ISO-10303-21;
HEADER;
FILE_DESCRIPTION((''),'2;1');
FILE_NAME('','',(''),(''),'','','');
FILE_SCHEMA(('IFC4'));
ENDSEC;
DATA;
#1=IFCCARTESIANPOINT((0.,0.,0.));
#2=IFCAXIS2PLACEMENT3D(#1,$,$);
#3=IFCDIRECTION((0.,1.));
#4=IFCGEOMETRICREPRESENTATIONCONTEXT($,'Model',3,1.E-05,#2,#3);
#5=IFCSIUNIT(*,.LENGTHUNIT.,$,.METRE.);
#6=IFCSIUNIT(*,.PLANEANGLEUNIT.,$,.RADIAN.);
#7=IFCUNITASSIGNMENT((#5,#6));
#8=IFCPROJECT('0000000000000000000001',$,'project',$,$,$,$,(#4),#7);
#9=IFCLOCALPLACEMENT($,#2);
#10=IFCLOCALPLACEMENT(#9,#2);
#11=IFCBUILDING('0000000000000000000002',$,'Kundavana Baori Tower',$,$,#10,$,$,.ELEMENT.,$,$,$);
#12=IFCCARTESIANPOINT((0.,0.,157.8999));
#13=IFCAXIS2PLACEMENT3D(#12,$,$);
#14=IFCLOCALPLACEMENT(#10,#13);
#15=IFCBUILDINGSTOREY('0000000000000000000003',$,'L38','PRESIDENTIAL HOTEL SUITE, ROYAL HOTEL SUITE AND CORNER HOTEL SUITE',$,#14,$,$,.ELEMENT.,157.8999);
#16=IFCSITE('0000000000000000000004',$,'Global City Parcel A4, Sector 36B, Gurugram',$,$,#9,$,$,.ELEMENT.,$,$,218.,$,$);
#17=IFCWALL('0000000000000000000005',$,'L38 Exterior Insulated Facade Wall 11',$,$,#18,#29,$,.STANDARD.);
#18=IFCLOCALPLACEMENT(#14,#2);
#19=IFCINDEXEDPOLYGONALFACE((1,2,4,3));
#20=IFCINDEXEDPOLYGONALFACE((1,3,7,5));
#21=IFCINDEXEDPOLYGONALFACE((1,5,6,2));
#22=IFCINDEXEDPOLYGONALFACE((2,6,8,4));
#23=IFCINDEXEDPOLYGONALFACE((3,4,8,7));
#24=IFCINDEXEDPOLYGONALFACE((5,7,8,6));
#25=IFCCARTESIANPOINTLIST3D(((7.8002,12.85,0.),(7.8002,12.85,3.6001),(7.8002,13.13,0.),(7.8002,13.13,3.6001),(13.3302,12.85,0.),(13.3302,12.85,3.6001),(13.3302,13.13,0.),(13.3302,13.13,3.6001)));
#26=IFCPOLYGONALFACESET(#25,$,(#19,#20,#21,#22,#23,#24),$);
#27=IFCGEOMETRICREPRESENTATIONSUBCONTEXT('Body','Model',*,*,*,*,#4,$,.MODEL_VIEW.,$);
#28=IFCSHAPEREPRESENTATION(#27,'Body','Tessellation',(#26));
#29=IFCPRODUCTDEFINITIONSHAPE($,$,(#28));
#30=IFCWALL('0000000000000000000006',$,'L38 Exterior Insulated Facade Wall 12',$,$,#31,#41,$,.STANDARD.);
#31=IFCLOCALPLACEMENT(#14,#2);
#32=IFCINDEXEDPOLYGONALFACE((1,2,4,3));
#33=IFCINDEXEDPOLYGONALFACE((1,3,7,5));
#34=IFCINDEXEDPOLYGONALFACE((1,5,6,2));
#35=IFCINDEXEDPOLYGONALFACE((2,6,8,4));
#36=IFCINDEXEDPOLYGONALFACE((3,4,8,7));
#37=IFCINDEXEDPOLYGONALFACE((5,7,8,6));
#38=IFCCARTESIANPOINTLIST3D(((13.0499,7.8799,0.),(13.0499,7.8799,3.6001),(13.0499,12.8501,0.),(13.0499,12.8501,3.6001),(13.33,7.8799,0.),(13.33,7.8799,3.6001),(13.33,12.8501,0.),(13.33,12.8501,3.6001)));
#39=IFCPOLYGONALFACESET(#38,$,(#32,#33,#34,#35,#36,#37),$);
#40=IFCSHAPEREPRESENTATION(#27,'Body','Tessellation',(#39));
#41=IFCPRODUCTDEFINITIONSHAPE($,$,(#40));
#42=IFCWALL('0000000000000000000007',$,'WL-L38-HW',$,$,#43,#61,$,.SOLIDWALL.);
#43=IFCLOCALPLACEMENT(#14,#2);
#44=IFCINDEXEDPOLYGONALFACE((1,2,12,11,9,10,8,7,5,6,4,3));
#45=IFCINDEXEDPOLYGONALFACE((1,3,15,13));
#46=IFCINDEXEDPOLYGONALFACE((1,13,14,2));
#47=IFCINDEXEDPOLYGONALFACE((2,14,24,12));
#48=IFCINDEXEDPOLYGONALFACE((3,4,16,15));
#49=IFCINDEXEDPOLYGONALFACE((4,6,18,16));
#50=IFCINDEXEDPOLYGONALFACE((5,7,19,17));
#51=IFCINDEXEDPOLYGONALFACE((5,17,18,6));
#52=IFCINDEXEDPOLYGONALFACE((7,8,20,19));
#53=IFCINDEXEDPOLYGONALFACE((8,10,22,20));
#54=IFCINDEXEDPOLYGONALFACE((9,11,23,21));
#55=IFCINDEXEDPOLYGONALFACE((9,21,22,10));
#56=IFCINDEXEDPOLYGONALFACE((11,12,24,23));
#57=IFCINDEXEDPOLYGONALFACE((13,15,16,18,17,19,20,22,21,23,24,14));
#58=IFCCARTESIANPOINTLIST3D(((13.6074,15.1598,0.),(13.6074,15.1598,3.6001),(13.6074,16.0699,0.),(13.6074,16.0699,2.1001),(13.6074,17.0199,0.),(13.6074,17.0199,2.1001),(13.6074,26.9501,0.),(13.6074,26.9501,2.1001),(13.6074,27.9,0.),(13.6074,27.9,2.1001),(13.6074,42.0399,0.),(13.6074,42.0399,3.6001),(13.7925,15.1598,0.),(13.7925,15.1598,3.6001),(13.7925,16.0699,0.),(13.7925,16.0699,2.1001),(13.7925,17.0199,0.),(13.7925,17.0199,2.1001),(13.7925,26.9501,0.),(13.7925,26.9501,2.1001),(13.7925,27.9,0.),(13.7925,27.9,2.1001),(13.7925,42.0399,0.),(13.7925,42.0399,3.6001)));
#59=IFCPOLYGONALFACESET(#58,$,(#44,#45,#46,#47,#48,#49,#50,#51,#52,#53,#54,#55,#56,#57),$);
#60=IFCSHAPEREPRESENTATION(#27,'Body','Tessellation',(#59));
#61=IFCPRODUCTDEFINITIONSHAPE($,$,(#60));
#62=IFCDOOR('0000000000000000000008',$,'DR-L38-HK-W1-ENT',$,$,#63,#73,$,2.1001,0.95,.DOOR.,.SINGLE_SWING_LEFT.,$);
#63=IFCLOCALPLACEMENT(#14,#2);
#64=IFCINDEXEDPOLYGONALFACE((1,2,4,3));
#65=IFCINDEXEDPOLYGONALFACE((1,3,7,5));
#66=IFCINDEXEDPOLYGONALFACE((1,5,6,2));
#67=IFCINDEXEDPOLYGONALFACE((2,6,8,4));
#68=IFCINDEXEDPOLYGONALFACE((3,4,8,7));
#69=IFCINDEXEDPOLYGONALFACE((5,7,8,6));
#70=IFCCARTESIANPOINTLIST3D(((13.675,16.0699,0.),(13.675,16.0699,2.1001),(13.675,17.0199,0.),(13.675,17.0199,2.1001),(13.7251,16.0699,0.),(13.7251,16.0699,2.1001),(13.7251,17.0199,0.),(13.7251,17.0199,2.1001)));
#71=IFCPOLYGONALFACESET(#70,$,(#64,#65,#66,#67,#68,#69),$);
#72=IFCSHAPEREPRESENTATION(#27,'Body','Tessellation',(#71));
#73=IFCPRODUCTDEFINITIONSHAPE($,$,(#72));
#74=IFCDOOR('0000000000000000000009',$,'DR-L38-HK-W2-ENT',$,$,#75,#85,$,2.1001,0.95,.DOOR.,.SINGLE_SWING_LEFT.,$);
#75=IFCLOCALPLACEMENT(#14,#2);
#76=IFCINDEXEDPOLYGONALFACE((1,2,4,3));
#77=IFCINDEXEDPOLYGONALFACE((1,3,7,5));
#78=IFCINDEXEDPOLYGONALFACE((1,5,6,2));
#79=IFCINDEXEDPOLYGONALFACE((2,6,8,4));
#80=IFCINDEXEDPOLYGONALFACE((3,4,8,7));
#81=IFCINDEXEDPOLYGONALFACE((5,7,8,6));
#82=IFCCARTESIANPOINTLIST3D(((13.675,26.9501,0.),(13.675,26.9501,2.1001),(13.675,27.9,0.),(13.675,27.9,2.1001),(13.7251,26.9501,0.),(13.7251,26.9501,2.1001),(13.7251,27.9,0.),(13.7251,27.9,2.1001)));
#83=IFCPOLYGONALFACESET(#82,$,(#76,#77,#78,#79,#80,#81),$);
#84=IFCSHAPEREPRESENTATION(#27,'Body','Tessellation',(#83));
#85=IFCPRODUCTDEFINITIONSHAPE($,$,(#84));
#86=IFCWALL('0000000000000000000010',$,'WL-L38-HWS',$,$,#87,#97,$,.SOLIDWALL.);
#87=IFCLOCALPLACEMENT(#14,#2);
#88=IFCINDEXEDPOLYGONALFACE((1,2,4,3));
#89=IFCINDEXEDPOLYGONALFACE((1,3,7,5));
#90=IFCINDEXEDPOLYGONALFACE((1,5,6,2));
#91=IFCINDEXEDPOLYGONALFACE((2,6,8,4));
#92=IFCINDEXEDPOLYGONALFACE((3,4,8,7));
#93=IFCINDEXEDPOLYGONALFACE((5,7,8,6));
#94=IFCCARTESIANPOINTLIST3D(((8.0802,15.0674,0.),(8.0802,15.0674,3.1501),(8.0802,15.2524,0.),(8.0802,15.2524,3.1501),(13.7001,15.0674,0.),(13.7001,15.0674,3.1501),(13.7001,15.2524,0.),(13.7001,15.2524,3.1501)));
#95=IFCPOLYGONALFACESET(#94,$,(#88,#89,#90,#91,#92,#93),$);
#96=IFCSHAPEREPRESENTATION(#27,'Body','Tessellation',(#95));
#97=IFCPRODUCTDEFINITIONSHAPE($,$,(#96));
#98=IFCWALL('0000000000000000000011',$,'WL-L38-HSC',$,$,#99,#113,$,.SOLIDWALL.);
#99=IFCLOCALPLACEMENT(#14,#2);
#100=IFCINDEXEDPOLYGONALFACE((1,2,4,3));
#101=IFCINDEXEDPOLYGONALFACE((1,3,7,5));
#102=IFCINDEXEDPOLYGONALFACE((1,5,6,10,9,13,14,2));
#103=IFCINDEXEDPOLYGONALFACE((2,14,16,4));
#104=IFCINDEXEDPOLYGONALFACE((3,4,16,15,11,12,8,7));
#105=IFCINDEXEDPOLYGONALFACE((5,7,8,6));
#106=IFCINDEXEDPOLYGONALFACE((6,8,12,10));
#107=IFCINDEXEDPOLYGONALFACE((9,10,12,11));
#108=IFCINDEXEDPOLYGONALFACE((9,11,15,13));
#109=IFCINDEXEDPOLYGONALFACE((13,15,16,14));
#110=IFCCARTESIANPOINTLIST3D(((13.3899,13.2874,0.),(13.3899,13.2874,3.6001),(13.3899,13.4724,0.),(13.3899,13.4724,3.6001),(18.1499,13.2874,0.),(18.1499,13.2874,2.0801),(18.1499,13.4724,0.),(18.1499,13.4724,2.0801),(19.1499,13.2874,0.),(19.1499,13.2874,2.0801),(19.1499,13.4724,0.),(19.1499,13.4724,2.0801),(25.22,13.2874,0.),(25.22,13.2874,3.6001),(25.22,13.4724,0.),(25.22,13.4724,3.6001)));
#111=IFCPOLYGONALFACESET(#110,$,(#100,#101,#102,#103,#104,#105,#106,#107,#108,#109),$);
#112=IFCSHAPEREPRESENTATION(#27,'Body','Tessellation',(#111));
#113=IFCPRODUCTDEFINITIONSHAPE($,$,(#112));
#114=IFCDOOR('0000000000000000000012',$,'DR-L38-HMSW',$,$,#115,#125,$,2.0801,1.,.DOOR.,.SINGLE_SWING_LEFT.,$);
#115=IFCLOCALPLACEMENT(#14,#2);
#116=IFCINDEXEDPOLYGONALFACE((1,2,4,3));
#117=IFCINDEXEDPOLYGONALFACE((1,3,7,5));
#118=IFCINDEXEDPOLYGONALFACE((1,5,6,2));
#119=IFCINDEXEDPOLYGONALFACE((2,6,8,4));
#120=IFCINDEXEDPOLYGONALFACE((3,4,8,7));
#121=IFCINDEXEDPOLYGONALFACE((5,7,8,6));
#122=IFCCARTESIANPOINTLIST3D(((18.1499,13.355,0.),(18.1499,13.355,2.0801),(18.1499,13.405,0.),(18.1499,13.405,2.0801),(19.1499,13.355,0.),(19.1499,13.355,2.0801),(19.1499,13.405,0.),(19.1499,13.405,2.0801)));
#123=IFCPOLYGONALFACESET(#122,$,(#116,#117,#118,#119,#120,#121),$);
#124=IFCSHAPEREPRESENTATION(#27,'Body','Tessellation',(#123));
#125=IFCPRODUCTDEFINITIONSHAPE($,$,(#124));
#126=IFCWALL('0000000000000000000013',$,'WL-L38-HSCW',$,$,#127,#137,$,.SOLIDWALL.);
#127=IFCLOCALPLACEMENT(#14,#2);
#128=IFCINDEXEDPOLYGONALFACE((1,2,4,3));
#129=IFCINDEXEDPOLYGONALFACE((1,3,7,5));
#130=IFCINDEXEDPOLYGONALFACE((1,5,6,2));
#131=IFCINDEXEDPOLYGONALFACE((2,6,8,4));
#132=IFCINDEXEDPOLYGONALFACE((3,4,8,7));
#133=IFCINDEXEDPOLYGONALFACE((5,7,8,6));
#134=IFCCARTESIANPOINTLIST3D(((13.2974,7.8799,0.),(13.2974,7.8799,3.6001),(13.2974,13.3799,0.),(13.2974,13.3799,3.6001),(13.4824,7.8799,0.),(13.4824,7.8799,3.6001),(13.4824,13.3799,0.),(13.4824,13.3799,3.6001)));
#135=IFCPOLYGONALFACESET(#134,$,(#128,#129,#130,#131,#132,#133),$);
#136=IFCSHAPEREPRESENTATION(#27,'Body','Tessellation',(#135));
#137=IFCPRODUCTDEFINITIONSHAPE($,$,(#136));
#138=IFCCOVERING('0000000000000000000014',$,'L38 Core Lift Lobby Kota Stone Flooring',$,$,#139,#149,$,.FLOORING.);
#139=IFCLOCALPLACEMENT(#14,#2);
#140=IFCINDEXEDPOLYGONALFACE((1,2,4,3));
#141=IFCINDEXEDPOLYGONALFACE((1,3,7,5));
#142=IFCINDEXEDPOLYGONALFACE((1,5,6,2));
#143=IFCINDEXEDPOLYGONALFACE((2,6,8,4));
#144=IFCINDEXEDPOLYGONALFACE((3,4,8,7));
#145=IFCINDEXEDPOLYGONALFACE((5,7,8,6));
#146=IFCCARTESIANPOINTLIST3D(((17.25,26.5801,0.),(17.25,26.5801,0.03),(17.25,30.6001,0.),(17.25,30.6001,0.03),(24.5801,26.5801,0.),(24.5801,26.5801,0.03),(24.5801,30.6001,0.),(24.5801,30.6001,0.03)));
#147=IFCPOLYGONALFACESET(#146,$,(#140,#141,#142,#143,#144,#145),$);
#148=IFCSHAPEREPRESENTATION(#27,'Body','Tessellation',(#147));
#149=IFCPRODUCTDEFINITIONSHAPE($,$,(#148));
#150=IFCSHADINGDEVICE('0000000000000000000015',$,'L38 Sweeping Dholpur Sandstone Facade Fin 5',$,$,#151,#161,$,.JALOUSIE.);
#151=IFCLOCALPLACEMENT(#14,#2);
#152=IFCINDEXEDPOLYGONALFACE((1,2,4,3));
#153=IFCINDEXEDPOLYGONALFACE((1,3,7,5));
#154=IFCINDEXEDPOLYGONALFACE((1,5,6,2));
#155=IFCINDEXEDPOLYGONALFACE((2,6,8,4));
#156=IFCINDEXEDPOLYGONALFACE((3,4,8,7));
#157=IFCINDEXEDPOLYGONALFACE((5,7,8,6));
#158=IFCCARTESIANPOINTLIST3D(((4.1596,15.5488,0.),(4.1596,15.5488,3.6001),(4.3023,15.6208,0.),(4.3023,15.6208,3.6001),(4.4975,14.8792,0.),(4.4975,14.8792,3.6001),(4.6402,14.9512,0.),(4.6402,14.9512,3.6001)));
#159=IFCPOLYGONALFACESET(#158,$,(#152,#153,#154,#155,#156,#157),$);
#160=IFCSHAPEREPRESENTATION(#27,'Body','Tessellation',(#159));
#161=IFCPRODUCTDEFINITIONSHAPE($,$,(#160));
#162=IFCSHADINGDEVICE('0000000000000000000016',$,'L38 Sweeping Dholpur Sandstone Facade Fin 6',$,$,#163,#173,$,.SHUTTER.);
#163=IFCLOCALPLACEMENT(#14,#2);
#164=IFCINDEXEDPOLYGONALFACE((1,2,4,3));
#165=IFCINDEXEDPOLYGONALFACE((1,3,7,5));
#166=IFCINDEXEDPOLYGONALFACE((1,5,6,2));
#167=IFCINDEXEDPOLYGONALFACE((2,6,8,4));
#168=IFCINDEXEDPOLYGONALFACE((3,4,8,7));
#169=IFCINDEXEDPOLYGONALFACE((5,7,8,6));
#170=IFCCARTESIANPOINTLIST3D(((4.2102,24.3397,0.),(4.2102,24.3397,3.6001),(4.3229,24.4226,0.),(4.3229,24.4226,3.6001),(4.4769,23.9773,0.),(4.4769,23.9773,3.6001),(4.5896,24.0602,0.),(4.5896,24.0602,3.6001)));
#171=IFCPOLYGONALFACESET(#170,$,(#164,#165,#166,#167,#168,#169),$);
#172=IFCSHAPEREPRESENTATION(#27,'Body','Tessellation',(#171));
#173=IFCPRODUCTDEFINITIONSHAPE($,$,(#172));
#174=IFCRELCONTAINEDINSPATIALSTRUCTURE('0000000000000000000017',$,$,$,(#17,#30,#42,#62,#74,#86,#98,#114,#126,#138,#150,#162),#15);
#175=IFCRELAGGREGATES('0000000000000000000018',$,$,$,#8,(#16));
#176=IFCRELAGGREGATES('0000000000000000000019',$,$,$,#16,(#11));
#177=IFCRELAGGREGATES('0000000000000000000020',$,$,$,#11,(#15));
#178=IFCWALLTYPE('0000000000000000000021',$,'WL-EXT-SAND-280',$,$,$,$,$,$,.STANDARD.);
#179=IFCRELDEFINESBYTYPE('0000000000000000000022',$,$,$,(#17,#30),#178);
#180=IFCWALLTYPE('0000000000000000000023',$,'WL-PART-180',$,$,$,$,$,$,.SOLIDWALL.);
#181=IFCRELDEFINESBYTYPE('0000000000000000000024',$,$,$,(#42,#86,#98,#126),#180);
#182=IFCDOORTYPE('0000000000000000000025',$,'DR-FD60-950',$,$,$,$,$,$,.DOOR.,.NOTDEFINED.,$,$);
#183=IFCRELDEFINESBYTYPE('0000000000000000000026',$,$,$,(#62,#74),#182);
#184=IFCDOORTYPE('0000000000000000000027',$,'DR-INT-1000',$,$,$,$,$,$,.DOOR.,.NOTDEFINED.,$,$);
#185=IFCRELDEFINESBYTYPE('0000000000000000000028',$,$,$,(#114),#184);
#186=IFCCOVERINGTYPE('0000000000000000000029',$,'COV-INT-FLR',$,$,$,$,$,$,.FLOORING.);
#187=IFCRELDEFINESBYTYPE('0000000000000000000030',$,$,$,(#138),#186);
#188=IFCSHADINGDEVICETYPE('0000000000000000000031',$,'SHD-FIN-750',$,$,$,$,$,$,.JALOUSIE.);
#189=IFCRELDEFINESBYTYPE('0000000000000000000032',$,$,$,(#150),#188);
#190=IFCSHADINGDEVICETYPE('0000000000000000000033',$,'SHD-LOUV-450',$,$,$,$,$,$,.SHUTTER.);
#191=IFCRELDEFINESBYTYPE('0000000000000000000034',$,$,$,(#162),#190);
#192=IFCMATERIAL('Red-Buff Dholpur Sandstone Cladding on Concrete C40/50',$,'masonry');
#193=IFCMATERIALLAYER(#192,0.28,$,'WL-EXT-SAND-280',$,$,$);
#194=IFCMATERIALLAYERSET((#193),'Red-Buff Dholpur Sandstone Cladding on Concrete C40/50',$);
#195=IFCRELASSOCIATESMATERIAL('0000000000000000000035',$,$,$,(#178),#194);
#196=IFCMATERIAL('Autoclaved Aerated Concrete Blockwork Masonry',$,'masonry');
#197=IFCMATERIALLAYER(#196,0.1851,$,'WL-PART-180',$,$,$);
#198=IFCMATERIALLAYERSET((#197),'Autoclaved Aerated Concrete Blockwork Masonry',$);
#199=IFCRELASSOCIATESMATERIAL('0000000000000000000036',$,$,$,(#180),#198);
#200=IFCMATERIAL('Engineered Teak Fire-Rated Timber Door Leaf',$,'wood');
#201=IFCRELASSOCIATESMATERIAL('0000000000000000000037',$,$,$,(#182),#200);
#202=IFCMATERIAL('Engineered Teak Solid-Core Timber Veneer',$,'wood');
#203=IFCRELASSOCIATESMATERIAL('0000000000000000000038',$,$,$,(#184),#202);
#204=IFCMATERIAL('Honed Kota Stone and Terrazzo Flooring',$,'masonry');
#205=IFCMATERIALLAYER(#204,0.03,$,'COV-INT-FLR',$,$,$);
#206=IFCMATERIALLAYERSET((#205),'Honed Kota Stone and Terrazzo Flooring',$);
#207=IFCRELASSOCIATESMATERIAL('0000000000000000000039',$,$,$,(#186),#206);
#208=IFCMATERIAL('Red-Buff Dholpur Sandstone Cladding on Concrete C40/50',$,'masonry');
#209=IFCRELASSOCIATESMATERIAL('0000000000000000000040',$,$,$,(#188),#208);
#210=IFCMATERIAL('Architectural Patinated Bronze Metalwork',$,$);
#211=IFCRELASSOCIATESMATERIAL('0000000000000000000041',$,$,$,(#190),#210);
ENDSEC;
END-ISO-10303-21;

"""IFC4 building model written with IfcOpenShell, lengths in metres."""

from ifc_helpers import new_model, si_unit, direction, frame, frame_2d, origin, origin_2d, place, context, subcontext, project, spatial, polyline, rectangle, outline, extrude, material, layer, layer_set, type_object, element, fill, save


model = new_model("IFC4")

# Units and contexts
model_context = context("Model", 3, precision=1e-05, world=origin(), true_north=direction((0.0, 1.0)))
body_context = subcontext(model_context, "Body", "Model", "MODEL_VIEW")
ifc_project = project(units=[si_unit("LENGTHUNIT", "METRE"), si_unit("PLANEANGLEUNIT", "RADIAN")], contexts=[model_context])

# Site, building, storey
site_placement = place(None, origin())
site = spatial("IfcSite", under=ifc_project, at=site_placement, Name="Global City Parcel A4, Sector 36B, Gurugram", CompositionType="ELEMENT", RefElevation=218.0)
building_placement = place(site_placement, origin())
building = spatial("IfcBuilding", under=site, at=building_placement, Name="Kundavana Baori Tower", CompositionType="ELEMENT")
storey_placement = place(building_placement, frame((0.0, 0.0, 157.8999)))
storey = spatial("IfcBuildingStorey", under=building, at=storey_placement, Name="L38", Description="PRESIDENTIAL HOTEL SUITE, ROYAL HOTEL SUITE AND CORNER HOTEL SUITE", CompositionType="ELEMENT", Elevation=157.8999)

# Shared definitions
ifc_material_1 = material(Name="Red-Buff Dholpur Sandstone Cladding on Concrete C40/50", Category="masonry")
ifc_layer_1 = layer(ifc_material_1, 0.28, Name="WL-EXT-SAND-280")
ifc_layer_set_1 = layer_set([ifc_layer_1], Name="Red-Buff Dholpur Sandstone Cladding on Concrete C40/50")
wall_type_1 = type_object("IfcWallType", Name="WL-EXT-SAND-280", PredefinedType="STANDARD", material=ifc_layer_set_1)

# Walls
wall_1_placement = place(storey_placement, frame((7.8, 12.99, 0.0), z_axis=(0.0, 0.0, 1.0), x_axis=(1.0, 0.0, 0.0)))
element("IfcWall", 1, at=wall_1_placement, inside=storey, type_object=wall_type_1, Name="L38 Exterior Insulated Facade Wall 11", PredefinedType="STANDARD", context=body_context, shape_type="SweptSolid", body=[
    extrude(rectangle(XDim=5.53, YDim=0.28, at=frame_2d((2.7651, 0.0))), origin(), (0.0, 0.0, 1.0), 3.6001),
])
wall_2_placement = place(storey_placement, frame((13.1899, 12.8501, 0.0), z_axis=(0.0, 0.0, 1.0), x_axis=(0.0, -1.0, 0.0)))
element("IfcWall", 2, at=wall_2_placement, inside=storey, type_object=wall_type_1, Name="L38 Exterior Insulated Facade Wall 12", PredefinedType="STANDARD", context=body_context, shape_type="SweptSolid", body=[
    extrude(rectangle(XDim=4.9702, YDim=0.28, at=frame_2d((2.4851, 0.0))), origin(), (0.0, 0.0, 1.0), 3.6001),
])

# Wall, openings, doors
ifc_material_2 = material(Name="Autoclaved Aerated Concrete Blockwork Masonry", Category="masonry")
ifc_layer_2 = layer(ifc_material_2, 0.1851, Name="WL-PART-180")
ifc_layer_set_2 = layer_set([ifc_layer_2], Name="Autoclaved Aerated Concrete Blockwork Masonry")
wall_type_2 = type_object("IfcWallType", Name="WL-PART-180", PredefinedType="SOLIDWALL", material=ifc_layer_set_2)
wall_3_placement = place(storey_placement, frame((13.7, 15.1599, 0.0), z_axis=(0.0, 0.0, 1.0), x_axis=(0.0, 1.0, 0.0)))
wall_3 = element("IfcWall", 3, at=wall_3_placement, inside=storey, type_object=wall_type_2, Name="WL-L38-HW", PredefinedType="SOLIDWALL", context=body_context, shape_type="SweptSolid", body=[
    extrude(rectangle(XDim=26.8801, YDim=0.1851, at=frame_2d((13.4399, 0.0))), origin(), (0.0, 0.0, 1.0), 3.6001),
])
opening_1_placement = place(wall_3_placement, frame((0.9099, 0.0, 0.0)))
opening_1 = element("IfcOpeningElement", 4, at=opening_1_placement, cuts=wall_3, PredefinedType="OPENING", context=body_context, shape_type="SweptSolid", body=[
    extrude(rectangle(XDim=0.95, YDim=2.1001, at=frame_2d((0.4751, 1.05))), frame((0.0, 0.1025, 0.0), z_axis=(0.0, -1.0, 0.0), x_axis=(1.0, 0.0, 0.0)), (0.0, 0.0, 1.0), 0.2051),
])
opening_2_placement = place(wall_3_placement, frame((11.79, 0.0, 0.0)))
opening_2 = element("IfcOpeningElement", 5, at=opening_2_placement, cuts=wall_3, PredefinedType="OPENING", context=body_context, shape_type="SweptSolid", body=[
    extrude(rectangle(XDim=0.95, YDim=2.1001, at=frame_2d((0.4751, 1.05))), frame((0.0, 0.1025, 0.0), z_axis=(0.0, -1.0, 0.0), x_axis=(1.0, 0.0, 0.0)), (0.0, 0.0, 1.0), 0.2051),
])
ifc_material_3 = material(Name="Engineered Teak Fire-Rated Timber Door Leaf", Category="wood")
door_type_1 = type_object("IfcDoorType", Name="DR-FD60-950", OperationType="NOTDEFINED", PredefinedType="DOOR", material=ifc_material_3)
door_1_placement = place(opening_1_placement, origin())
door_1 = element("IfcDoor", 6, at=door_1_placement, inside=storey, type_object=door_type_1, Name="DR-L38-HK-W1-ENT", OperationType="SINGLE_SWING_LEFT", OverallHeight=2.1001, OverallWidth=0.95, PredefinedType="DOOR", context=body_context, shape_type="SweptSolid", body=[
    extrude(rectangle(XDim=0.95, YDim=2.1001, at=frame_2d((0.4751, 1.05))), frame((0.0, 0.0249, 0.0), z_axis=(0.0, -1.0, 0.0), x_axis=(1.0, 0.0, 0.0)), (0.0, 0.0, 1.0), 0.05),
])
fill(opening_1, door_1)
door_2_placement = place(opening_2_placement, origin())
door_2 = element("IfcDoor", 7, at=door_2_placement, inside=storey, type_object=door_type_1, Name="DR-L38-HK-W2-ENT", OperationType="SINGLE_SWING_LEFT", OverallHeight=2.1001, OverallWidth=0.95, PredefinedType="DOOR", context=body_context, shape_type="SweptSolid", body=[
    extrude(rectangle(XDim=0.95, YDim=2.1001, at=frame_2d((0.4751, 1.05))), frame((0.0, 0.0249, 0.0), z_axis=(0.0, -1.0, 0.0), x_axis=(1.0, 0.0, 0.0)), (0.0, 0.0, 1.0), 0.05),
])
fill(opening_2, door_2)

# Wall
wall_4_placement = place(storey_placement, frame((8.0801, 15.1599, 0.0), z_axis=(0.0, 0.0, 1.0), x_axis=(1.0, 0.0, 0.0)))
element("IfcWall", 8, at=wall_4_placement, inside=storey, type_object=wall_type_2, Name="WL-L38-HWS", PredefinedType="SOLIDWALL", context=body_context, shape_type="SweptSolid", body=[
    extrude(rectangle(XDim=5.6199, YDim=0.1851, at=frame_2d((2.8101, 0.0))), origin(), (0.0, 0.0, 1.0), 3.1501),
])

# Wall, opening, door
wall_5_placement = place(storey_placement, frame((13.3899, 13.3799, 0.0), z_axis=(0.0, 0.0, 1.0), x_axis=(1.0, 0.0, 0.0)))
wall_5 = element("IfcWall", 9, at=wall_5_placement, inside=storey, type_object=wall_type_2, Name="WL-L38-HSC", PredefinedType="SOLIDWALL", context=body_context, shape_type="SweptSolid", body=[
    extrude(rectangle(XDim=11.8301, YDim=0.1851, at=frame_2d((5.915, 0.0))), origin(), (0.0, 0.0, 1.0), 3.6001),
])
opening_3_placement = place(wall_5_placement, frame((4.76, 0.0, 0.0)))
opening_3 = element("IfcOpeningElement", 10, at=opening_3_placement, cuts=wall_5, PredefinedType="OPENING", context=body_context, shape_type="SweptSolid", body=[
    extrude(rectangle(XDim=1.0, YDim=2.0801, at=frame_2d((0.5, 1.04))), frame((0.0, 0.1025, 0.0), z_axis=(0.0, -1.0, 0.0), x_axis=(1.0, 0.0, 0.0)), (0.0, 0.0, 1.0), 0.2051),
])
ifc_material_4 = material(Name="Engineered Teak Solid-Core Timber Veneer", Category="wood")
door_type_2 = type_object("IfcDoorType", Name="DR-INT-1000", OperationType="NOTDEFINED", PredefinedType="DOOR", material=ifc_material_4)
door_3_placement = place(opening_3_placement, frame((1.0, 0.0, 0.0), z_axis=(0.0, 0.0, 1.0), x_axis=(-1.0, 0.0, 0.0)))
door_3 = element("IfcDoor", 11, at=door_3_placement, inside=storey, type_object=door_type_2, Name="DR-L38-HMSW", OperationType="SINGLE_SWING_LEFT", OverallHeight=2.0801, OverallWidth=1.0, PredefinedType="DOOR", context=body_context, shape_type="SweptSolid", body=[
    extrude(rectangle(XDim=1.0, YDim=2.0801, at=frame_2d((0.5, 1.04))), frame((0.0, 0.0249, 0.0), z_axis=(0.0, -1.0, 0.0), x_axis=(1.0, 0.0, 0.0)), (0.0, 0.0, 1.0), 0.05),
])
fill(opening_3, door_3)

# Wall
wall_6_placement = place(storey_placement, frame((13.3899, 7.8799, 0.0), z_axis=(0.0, 0.0, 1.0), x_axis=(0.0, 1.0, 0.0)))
element("IfcWall", 12, at=wall_6_placement, inside=storey, type_object=wall_type_2, Name="WL-L38-HSCW", PredefinedType="SOLIDWALL", context=body_context, shape_type="SweptSolid", body=[
    extrude(rectangle(XDim=5.5, YDim=0.1851, at=frame_2d((2.75, 0.0))), origin(), (0.0, 0.0, 1.0), 3.6001),
])

# Covering
ifc_material_5 = material(Name="Honed Kota Stone and Terrazzo Flooring", Category="masonry")
ifc_layer_3 = layer(ifc_material_5, 0.03, Name="COV-INT-FLR")
ifc_layer_set_3 = layer_set([ifc_layer_3], Name="Honed Kota Stone and Terrazzo Flooring")
covering_type = type_object("IfcCoveringType", Name="COV-INT-FLR", PredefinedType="FLOORING", material=ifc_layer_set_3)
covering_placement = place(storey_placement, origin())
element("IfcCovering", 13, at=covering_placement, inside=storey, type_object=covering_type, Name="L38 Core Lift Lobby Kota Stone Flooring", PredefinedType="FLOORING", context=body_context, shape_type="SweptSolid", body=[
    extrude(outline(polyline([(17.25, 26.5801), (24.5801, 26.5801), (24.5801, 30.6001), (17.25, 30.6001), (17.25, 26.5801)])), origin(), (0.0, 0.0, 1.0), 0.03),
])

# Shading devices
ifc_material_6 = material(Name="Red-Buff Dholpur Sandstone Cladding on Concrete C40/50", Category="masonry")
shading_device_type_1 = type_object("IfcShadingDeviceType", Name="SHD-FIN-750", PredefinedType="JALOUSIE", material=ifc_material_6)
shading_device_1_placement = place(storey_placement, frame((4.3999, 15.25, 0.0), z_axis=(0.0, 0.0, 1.0), x_axis=(0.892743, 0.450566, 0.0)))
element("IfcShadingDevice", 14, at=shading_device_1_placement, inside=storey, type_object=shading_device_type_1, Name="L38 Sweeping Dholpur Sandstone Facade Fin 5", PredefinedType="JALOUSIE", context=body_context, shape_type="SweptSolid", body=[
    extrude(rectangle(XDim=0.1599, YDim=0.75, at=origin_2d()), origin(), (0.0, 0.0, 1.0), 3.6001),
])
ifc_material_7 = material(Name="Architectural Patinated Bronze Metalwork")
shading_device_type_2 = type_object("IfcShadingDeviceType", Name="SHD-LOUV-450", PredefinedType="SHUTTER", material=ifc_material_7)
shading_device_2_placement = place(storey_placement, frame((4.3999, 24.2, 0.0), z_axis=(0.0, 0.0, 1.0), x_axis=(0.805411, 0.592716, 0.0)))
element("IfcShadingDevice", 15, at=shading_device_2_placement, inside=storey, type_object=shading_device_type_2, Name="L38 Sweeping Dholpur Sandstone Facade Fin 6", PredefinedType="SHUTTER", context=body_context, shape_type="SweptSolid", body=[
    extrude(rectangle(XDim=0.1399, YDim=0.45, at=origin_2d()), origin(), (0.0, 0.0, 1.0), 3.6001),
])

save(model, "model.ifc")
